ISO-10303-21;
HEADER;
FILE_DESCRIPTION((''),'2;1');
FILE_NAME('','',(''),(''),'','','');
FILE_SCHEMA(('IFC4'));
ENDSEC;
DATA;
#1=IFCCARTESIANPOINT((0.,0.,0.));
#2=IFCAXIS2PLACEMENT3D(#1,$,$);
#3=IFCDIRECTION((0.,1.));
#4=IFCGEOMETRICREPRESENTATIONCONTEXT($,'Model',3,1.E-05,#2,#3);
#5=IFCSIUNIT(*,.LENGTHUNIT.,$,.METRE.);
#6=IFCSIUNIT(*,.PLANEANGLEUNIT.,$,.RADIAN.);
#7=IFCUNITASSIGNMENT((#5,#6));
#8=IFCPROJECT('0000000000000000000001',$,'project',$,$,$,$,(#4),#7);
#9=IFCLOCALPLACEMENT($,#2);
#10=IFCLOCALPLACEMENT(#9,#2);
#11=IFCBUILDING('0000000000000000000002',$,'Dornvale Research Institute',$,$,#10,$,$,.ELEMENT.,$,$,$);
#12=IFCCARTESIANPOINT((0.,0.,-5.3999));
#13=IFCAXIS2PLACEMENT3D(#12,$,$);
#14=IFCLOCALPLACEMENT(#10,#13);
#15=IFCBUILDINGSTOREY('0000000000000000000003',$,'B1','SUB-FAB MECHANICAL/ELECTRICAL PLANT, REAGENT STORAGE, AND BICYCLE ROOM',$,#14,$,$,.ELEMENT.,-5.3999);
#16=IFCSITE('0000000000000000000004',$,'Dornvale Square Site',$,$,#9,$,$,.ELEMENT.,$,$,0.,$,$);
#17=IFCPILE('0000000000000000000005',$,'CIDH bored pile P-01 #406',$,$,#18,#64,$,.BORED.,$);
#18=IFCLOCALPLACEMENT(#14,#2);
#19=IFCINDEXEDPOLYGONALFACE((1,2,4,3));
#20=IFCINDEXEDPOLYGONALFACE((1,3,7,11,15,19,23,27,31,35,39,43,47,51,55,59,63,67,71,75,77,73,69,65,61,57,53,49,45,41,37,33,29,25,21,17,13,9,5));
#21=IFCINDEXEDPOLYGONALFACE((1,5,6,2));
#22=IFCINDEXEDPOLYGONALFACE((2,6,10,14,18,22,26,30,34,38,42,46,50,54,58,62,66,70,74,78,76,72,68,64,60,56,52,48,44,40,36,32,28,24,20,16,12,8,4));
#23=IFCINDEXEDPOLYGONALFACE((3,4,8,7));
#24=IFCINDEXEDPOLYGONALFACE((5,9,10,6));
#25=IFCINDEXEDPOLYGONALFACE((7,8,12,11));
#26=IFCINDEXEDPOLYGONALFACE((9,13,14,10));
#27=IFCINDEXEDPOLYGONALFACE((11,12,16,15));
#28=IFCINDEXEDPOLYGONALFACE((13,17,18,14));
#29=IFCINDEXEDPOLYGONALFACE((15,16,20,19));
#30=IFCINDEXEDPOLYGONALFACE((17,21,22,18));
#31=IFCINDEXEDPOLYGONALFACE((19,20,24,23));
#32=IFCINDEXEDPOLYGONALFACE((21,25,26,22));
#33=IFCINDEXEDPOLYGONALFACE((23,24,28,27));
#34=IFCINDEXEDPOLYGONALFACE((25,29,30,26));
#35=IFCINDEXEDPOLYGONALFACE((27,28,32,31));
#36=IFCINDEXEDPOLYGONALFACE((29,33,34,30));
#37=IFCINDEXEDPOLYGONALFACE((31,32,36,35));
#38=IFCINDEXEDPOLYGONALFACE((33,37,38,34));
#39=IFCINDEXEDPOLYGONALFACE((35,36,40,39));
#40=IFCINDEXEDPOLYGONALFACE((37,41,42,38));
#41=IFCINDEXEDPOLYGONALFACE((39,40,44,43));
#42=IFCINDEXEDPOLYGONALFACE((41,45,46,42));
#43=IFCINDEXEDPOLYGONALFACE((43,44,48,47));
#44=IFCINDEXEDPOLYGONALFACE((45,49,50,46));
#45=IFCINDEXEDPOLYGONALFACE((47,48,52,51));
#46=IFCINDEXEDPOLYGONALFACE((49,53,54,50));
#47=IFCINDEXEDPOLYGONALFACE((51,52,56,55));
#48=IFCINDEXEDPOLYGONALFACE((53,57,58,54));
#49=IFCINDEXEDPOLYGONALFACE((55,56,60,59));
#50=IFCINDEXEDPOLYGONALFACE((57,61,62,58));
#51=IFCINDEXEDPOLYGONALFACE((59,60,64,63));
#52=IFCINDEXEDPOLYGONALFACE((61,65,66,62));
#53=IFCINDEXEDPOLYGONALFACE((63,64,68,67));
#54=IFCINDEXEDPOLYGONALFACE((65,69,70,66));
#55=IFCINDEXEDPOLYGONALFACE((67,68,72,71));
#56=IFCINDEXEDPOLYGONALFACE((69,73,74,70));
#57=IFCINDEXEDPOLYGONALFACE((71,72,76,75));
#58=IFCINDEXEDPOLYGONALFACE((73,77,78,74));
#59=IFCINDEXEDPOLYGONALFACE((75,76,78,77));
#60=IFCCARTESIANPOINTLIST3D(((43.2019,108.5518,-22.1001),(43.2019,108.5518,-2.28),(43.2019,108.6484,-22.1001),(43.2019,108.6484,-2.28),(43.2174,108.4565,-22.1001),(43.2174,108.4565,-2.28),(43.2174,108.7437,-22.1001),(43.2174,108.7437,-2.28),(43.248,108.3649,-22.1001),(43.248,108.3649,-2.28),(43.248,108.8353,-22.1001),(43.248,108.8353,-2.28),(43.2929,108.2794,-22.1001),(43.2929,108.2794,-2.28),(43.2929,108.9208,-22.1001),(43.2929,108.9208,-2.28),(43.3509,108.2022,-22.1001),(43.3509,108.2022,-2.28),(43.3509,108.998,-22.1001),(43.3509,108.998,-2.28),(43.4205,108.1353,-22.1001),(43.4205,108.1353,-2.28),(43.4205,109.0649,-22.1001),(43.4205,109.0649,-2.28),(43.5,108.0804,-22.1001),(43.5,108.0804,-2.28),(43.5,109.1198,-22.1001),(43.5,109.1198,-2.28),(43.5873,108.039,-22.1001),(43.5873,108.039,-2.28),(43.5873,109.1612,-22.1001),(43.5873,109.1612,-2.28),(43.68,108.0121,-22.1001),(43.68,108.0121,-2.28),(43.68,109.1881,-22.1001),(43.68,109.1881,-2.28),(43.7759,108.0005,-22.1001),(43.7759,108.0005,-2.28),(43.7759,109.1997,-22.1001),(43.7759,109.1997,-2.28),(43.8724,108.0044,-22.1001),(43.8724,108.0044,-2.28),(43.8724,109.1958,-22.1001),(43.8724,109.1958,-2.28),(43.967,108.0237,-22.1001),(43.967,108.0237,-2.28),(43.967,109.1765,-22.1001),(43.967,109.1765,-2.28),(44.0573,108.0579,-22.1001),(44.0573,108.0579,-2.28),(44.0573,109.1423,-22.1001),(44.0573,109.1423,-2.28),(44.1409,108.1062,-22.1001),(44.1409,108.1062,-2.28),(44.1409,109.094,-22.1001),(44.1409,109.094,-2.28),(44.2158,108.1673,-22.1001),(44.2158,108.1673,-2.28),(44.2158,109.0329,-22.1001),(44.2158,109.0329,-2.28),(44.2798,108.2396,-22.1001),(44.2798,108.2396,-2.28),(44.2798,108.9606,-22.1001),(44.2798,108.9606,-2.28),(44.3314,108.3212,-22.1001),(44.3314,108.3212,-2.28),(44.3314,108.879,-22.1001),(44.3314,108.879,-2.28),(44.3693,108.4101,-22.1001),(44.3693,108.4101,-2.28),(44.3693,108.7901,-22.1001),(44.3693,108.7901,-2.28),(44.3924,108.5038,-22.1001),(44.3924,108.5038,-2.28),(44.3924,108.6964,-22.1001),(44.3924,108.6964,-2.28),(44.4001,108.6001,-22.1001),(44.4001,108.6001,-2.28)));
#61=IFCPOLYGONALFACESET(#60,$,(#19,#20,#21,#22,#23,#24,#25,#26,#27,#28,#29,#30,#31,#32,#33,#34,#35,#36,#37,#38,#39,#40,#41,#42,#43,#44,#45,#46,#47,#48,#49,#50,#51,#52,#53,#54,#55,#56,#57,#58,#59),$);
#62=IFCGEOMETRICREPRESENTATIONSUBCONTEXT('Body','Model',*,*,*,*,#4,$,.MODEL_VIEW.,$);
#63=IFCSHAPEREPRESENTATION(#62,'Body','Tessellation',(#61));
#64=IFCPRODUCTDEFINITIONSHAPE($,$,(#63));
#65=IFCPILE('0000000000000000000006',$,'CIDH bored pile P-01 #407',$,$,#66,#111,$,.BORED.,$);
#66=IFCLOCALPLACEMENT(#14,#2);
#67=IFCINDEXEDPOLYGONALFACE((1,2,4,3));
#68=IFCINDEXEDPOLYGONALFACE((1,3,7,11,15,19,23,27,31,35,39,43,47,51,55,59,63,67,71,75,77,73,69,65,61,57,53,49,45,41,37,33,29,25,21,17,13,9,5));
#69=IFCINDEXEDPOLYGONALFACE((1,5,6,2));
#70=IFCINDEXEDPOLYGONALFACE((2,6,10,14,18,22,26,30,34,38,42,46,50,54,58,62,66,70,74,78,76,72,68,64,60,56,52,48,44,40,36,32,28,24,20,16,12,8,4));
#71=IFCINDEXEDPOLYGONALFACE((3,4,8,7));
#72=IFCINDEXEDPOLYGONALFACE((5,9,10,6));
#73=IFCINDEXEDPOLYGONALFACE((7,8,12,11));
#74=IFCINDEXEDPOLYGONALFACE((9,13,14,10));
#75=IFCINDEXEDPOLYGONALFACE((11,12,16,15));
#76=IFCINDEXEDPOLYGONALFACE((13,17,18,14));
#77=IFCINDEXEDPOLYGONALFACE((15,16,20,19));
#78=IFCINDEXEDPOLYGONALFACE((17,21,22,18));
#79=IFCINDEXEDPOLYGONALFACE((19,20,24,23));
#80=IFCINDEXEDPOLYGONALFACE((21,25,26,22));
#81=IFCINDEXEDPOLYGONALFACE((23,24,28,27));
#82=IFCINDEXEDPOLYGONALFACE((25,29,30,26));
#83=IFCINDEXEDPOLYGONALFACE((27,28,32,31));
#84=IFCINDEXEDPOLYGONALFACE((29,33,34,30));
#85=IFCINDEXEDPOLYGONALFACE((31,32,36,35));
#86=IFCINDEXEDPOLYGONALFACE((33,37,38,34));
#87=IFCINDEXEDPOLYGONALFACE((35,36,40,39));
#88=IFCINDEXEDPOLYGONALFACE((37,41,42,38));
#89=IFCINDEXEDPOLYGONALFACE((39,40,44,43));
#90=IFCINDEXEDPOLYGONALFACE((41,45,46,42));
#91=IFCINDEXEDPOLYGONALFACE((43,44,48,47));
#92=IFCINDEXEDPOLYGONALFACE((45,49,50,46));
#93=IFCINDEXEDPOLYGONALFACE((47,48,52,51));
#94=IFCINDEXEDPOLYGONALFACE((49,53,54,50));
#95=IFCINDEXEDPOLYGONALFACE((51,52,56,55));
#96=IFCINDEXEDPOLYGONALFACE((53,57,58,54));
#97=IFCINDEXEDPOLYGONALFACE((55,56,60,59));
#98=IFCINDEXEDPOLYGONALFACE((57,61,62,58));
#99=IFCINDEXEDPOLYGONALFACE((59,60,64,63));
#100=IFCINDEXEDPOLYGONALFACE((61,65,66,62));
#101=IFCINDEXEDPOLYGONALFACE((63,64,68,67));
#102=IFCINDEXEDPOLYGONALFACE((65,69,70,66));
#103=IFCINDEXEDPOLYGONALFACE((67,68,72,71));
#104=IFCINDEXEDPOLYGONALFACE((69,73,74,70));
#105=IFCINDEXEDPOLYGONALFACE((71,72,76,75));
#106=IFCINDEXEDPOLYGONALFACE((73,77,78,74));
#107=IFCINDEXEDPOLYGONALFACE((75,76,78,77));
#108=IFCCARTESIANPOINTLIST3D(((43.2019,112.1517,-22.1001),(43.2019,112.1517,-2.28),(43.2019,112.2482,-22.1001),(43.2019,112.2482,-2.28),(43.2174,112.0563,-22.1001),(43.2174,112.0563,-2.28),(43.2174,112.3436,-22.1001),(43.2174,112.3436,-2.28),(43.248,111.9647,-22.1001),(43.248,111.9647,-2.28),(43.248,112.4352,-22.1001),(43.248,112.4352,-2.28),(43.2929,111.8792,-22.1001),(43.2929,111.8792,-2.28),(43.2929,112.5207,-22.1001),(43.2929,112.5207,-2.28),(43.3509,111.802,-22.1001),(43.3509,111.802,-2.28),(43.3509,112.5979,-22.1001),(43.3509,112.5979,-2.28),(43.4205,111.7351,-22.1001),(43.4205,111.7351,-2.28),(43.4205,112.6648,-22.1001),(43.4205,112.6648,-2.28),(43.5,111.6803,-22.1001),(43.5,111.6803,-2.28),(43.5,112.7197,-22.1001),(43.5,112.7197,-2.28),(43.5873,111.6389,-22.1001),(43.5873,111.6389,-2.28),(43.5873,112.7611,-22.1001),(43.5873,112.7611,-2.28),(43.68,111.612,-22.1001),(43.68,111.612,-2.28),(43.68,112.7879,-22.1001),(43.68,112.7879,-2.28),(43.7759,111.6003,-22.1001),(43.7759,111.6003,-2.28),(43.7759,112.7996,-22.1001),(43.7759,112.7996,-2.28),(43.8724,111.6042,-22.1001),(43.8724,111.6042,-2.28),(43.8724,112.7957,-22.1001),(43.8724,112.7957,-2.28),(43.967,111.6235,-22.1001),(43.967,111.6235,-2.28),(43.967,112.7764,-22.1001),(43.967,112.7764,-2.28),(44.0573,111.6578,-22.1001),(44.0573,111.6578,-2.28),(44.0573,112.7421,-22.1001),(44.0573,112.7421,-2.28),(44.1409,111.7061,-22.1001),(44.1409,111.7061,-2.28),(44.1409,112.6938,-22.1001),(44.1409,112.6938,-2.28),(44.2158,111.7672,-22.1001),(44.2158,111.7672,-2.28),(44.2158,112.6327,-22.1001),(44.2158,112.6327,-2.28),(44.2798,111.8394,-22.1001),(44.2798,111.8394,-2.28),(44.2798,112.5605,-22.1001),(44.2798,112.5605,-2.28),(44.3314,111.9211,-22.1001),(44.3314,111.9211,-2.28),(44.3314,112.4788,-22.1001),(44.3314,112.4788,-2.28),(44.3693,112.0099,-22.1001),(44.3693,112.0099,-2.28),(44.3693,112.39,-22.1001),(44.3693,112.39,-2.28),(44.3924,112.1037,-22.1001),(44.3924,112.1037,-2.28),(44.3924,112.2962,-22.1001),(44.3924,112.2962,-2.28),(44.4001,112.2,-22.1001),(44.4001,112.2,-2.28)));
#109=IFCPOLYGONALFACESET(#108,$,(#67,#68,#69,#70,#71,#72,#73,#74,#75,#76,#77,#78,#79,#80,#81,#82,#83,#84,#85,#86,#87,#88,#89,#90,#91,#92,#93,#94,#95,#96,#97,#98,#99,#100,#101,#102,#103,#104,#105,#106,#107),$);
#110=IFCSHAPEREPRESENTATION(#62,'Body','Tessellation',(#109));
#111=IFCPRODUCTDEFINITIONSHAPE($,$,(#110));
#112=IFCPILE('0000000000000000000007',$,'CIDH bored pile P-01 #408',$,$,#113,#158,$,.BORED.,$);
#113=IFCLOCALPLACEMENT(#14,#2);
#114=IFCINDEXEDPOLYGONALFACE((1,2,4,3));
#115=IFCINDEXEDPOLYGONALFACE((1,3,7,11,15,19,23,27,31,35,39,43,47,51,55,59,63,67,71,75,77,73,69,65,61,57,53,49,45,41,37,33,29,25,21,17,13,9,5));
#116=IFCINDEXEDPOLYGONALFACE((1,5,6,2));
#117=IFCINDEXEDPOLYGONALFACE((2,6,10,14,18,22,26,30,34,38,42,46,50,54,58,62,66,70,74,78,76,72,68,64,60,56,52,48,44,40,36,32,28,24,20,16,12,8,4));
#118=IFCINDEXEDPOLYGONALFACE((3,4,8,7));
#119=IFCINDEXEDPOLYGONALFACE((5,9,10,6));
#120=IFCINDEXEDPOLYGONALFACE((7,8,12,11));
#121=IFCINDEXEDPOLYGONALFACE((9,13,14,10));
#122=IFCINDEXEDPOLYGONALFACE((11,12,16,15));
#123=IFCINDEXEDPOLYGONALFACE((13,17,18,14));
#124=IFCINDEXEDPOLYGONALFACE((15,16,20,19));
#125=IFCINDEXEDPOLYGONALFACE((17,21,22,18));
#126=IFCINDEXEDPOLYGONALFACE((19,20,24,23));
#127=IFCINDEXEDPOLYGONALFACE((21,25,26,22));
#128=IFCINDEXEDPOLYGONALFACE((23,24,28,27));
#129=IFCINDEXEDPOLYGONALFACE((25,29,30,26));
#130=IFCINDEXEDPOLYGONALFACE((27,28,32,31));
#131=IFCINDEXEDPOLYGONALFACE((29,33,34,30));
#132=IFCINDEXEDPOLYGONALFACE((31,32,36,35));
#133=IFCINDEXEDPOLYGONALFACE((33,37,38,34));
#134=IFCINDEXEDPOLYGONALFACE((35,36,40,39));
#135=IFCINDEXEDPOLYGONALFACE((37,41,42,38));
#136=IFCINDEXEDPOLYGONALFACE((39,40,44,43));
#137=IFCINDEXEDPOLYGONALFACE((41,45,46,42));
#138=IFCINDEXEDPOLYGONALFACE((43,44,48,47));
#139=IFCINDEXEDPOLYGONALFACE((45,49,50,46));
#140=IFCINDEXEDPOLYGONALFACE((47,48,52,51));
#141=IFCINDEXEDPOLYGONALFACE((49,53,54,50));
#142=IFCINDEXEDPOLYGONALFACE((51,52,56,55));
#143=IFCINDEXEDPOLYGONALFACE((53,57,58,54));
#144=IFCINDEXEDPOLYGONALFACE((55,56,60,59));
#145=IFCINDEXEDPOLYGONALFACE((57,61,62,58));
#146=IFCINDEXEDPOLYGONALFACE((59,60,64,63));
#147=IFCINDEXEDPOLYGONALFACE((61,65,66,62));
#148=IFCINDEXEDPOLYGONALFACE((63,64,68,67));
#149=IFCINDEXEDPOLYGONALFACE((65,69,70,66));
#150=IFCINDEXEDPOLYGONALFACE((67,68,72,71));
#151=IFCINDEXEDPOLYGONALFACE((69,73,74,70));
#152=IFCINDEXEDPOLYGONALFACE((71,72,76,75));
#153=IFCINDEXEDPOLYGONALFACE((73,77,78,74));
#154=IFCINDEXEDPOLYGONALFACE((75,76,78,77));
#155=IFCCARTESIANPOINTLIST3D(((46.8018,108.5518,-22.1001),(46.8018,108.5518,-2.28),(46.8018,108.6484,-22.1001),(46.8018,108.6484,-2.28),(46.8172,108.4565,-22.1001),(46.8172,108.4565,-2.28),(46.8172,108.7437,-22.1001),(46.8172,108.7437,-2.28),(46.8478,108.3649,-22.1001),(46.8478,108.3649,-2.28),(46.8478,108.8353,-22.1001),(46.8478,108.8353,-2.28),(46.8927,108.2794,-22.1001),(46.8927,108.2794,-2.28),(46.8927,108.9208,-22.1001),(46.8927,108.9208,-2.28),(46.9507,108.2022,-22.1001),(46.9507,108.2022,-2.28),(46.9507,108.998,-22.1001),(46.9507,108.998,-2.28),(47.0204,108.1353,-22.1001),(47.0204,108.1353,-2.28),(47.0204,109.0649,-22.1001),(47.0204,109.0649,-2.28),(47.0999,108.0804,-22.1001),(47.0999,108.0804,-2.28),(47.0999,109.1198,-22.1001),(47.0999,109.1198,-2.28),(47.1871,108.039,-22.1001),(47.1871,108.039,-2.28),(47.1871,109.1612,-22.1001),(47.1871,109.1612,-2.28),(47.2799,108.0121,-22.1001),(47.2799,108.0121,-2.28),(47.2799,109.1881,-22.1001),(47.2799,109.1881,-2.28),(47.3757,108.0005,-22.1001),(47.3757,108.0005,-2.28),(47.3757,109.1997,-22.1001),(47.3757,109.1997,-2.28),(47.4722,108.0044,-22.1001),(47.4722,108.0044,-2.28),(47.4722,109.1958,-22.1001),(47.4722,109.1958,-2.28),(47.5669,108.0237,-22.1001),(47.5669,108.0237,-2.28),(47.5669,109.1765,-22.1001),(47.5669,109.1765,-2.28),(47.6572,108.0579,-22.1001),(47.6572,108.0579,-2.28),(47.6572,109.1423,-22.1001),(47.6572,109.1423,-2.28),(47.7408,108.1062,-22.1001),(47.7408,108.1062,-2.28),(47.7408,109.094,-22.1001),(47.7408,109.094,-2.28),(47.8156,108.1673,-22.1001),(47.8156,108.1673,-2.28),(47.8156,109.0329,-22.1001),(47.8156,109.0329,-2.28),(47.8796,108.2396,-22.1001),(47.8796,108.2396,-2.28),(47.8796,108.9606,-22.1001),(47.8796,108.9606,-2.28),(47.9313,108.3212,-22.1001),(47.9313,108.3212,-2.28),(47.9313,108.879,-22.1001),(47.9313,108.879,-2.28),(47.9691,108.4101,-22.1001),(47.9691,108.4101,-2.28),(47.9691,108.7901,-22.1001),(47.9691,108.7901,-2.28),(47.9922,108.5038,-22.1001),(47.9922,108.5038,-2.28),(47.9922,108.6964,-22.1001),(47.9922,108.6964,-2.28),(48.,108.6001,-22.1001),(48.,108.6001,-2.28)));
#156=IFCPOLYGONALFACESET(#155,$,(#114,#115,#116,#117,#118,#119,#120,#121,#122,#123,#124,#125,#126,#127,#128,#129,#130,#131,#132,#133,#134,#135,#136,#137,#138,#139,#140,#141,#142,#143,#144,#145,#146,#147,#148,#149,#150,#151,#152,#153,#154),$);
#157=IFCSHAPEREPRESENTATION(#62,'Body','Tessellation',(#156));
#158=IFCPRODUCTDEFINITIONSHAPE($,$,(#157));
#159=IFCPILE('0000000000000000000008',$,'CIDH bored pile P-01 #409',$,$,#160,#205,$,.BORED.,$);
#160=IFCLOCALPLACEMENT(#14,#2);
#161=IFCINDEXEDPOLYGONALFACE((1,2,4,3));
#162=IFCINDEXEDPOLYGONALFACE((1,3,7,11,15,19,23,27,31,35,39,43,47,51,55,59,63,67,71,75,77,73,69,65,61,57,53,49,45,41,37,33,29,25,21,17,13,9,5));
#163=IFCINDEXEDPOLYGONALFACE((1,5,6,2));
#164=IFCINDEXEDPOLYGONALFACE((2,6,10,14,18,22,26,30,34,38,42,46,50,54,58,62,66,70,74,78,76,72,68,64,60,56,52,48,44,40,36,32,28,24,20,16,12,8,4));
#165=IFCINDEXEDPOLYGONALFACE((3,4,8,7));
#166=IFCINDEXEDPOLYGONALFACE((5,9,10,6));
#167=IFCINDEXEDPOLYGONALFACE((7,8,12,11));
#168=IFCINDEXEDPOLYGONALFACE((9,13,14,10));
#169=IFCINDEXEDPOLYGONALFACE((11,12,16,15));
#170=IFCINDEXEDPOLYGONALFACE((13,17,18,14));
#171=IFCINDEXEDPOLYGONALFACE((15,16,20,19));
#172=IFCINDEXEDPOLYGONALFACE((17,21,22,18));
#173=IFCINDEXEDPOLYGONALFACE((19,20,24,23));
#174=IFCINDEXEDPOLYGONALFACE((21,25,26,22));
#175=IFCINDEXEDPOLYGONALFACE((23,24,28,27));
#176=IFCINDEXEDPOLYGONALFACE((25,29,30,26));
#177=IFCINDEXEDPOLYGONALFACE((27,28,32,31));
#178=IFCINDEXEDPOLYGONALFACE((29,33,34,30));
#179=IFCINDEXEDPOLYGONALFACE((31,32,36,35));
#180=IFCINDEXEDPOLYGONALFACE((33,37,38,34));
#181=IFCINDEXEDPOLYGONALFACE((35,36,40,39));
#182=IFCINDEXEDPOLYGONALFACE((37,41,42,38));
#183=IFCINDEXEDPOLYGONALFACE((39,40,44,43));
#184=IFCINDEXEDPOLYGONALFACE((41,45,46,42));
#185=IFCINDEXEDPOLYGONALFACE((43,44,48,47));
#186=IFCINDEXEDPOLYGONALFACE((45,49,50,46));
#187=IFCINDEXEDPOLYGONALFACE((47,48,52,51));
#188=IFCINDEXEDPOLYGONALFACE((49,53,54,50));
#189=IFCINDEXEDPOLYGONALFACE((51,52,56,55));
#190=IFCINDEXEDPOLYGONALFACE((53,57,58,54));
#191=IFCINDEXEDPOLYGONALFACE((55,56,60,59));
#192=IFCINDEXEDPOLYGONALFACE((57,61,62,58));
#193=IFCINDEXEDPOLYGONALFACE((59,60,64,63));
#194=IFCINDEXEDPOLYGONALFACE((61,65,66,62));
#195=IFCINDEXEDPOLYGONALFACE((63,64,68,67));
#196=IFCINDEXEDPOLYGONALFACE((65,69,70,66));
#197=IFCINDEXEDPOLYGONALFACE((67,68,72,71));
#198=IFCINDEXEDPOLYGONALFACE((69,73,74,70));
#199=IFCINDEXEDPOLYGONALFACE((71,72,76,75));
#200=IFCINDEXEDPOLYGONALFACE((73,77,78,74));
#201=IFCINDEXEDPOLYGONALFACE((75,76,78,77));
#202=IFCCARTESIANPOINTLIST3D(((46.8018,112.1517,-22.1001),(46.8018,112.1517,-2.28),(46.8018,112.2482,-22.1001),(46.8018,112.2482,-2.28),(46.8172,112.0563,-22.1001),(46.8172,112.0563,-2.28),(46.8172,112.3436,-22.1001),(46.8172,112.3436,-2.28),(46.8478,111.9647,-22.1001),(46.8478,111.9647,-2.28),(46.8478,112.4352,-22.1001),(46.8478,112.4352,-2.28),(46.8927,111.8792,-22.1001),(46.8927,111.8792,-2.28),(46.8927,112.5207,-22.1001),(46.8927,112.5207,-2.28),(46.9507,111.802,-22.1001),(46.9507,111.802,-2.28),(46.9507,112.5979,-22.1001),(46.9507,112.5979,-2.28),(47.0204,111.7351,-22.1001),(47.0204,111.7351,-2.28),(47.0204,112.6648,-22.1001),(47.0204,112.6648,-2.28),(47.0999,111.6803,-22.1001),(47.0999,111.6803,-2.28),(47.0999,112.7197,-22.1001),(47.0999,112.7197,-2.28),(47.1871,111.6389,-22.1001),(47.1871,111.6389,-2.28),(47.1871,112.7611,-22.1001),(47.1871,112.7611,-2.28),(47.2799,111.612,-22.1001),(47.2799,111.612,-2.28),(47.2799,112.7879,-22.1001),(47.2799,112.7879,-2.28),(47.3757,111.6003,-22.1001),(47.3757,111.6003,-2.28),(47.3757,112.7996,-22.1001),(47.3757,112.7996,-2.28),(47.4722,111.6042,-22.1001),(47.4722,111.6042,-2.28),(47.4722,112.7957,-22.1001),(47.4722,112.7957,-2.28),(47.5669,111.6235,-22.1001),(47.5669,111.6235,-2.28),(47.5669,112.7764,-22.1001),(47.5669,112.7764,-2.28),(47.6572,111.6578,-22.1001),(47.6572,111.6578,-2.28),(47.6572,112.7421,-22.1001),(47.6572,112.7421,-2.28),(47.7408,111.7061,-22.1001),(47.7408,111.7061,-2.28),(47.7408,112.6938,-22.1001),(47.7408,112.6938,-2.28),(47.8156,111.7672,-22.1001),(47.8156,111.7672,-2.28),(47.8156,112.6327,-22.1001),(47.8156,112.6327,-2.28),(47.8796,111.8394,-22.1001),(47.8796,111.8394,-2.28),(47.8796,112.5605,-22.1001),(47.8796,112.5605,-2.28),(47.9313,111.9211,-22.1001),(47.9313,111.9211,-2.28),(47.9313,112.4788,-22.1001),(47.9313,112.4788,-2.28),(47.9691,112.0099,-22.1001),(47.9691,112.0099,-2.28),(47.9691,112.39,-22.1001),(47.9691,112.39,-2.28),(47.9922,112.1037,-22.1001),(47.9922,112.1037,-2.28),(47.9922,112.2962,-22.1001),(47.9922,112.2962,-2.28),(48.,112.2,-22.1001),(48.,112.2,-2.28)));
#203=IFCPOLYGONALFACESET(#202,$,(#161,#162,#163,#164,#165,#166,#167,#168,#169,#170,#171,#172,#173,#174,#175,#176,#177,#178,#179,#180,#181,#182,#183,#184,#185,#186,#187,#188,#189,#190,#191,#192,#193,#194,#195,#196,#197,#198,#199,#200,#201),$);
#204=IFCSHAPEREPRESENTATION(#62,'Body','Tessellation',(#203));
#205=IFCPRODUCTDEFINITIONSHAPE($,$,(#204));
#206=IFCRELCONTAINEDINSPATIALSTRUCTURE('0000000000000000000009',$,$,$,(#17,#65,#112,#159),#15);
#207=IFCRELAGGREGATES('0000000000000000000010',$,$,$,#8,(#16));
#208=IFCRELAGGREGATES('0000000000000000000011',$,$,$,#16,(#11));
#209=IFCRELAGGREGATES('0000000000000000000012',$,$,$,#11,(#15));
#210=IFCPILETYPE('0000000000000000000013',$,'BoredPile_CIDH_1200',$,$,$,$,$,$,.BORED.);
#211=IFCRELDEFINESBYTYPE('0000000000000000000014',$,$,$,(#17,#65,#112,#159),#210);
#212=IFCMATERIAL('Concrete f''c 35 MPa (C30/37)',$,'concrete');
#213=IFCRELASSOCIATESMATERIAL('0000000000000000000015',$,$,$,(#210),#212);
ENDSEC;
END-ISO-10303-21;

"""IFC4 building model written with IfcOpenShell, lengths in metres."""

from ifc_helpers import new_model, si_unit, direction, frame, origin, origin_2d, place, context, subcontext, project, spatial, circle, extrude, material, material_profile, profile_set, type_object, element, save


model = new_model("IFC4")

# Units and contexts
model_context = context("Model", 3, precision=1e-05, world=origin(), true_north=direction((0.0, 1.0)))
body_context = subcontext(model_context, "Body", "Model", "MODEL_VIEW")
ifc_project = project(units=[si_unit("LENGTHUNIT", "METRE"), si_unit("PLANEANGLEUNIT", "RADIAN")], contexts=[model_context])

# Site, building, storey
site_placement = place(None, origin())
site = spatial("IfcSite", under=ifc_project, at=site_placement, Name="Dornvale Square Site", CompositionType="ELEMENT", RefElevation=0.0)
building_placement = place(site_placement, origin())
building = spatial("IfcBuilding", under=site, at=building_placement, Name="Dornvale Research Institute", CompositionType="ELEMENT")
storey_placement = place(building_placement, frame((0.0, 0.0, -5.3999)))
storey = spatial("IfcBuildingStorey", under=building, at=storey_placement, Name="B1", Description="SUB-FAB MECHANICAL/ELECTRICAL PLANT, REAGENT STORAGE, AND BICYCLE ROOM", CompositionType="ELEMENT", Elevation=-5.3999)

# Piles
ifc_material_1 = material(Name="Concrete f'c 35 MPa (C30/37)", Category="concrete")
ifc_material_profile_1 = material_profile(ifc_material_1, circle(Radius=0.6001, at=origin_2d()), Name="CIDH PILE D1200")
ifc_profile_set_1 = profile_set([ifc_material_profile_1], Name="Concrete f'c 35 MPa (C30/37)")
pile_type = type_object("IfcPileType", Name="BoredPile_CIDH_1200", PredefinedType="BORED", material=ifc_profile_set_1)
for number, where, z_axis, x_axis, name in (
    (1, (43.8, 108.6001, -2.28), (0.0, 0.0, -1.0), (1.0, 0.0, 0.0), "CIDH bored pile P-01 #406"),
    (2, (43.8, 112.2, -2.28), (0.0, 0.0, -1.0), (1.0, 0.0, 0.0), "CIDH bored pile P-01 #407"),
    (3, (47.3999, 108.6001, -2.28), (0.0, 0.0, -1.0), (1.0, 0.0, 0.0), "CIDH bored pile P-01 #408"),
    (4, (47.3999, 112.2, -2.28), (0.0, 0.0, -1.0), (1.0, 0.0, 0.0), "CIDH bored pile P-01 #409"),
):
    element("IfcPile", number, at=place(storey_placement, frame(where, z_axis=z_axis, x_axis=x_axis)), inside=storey, type_object=pile_type, Name=name, PredefinedType="BORED", context=body_context, shape_type="SweptSolid", body=[
        extrude(circle(Radius=0.6001, at=origin_2d()), origin(), (0.0, 0.0, 1.0), 19.8201),
    ])

save(model, "model.ifc")
